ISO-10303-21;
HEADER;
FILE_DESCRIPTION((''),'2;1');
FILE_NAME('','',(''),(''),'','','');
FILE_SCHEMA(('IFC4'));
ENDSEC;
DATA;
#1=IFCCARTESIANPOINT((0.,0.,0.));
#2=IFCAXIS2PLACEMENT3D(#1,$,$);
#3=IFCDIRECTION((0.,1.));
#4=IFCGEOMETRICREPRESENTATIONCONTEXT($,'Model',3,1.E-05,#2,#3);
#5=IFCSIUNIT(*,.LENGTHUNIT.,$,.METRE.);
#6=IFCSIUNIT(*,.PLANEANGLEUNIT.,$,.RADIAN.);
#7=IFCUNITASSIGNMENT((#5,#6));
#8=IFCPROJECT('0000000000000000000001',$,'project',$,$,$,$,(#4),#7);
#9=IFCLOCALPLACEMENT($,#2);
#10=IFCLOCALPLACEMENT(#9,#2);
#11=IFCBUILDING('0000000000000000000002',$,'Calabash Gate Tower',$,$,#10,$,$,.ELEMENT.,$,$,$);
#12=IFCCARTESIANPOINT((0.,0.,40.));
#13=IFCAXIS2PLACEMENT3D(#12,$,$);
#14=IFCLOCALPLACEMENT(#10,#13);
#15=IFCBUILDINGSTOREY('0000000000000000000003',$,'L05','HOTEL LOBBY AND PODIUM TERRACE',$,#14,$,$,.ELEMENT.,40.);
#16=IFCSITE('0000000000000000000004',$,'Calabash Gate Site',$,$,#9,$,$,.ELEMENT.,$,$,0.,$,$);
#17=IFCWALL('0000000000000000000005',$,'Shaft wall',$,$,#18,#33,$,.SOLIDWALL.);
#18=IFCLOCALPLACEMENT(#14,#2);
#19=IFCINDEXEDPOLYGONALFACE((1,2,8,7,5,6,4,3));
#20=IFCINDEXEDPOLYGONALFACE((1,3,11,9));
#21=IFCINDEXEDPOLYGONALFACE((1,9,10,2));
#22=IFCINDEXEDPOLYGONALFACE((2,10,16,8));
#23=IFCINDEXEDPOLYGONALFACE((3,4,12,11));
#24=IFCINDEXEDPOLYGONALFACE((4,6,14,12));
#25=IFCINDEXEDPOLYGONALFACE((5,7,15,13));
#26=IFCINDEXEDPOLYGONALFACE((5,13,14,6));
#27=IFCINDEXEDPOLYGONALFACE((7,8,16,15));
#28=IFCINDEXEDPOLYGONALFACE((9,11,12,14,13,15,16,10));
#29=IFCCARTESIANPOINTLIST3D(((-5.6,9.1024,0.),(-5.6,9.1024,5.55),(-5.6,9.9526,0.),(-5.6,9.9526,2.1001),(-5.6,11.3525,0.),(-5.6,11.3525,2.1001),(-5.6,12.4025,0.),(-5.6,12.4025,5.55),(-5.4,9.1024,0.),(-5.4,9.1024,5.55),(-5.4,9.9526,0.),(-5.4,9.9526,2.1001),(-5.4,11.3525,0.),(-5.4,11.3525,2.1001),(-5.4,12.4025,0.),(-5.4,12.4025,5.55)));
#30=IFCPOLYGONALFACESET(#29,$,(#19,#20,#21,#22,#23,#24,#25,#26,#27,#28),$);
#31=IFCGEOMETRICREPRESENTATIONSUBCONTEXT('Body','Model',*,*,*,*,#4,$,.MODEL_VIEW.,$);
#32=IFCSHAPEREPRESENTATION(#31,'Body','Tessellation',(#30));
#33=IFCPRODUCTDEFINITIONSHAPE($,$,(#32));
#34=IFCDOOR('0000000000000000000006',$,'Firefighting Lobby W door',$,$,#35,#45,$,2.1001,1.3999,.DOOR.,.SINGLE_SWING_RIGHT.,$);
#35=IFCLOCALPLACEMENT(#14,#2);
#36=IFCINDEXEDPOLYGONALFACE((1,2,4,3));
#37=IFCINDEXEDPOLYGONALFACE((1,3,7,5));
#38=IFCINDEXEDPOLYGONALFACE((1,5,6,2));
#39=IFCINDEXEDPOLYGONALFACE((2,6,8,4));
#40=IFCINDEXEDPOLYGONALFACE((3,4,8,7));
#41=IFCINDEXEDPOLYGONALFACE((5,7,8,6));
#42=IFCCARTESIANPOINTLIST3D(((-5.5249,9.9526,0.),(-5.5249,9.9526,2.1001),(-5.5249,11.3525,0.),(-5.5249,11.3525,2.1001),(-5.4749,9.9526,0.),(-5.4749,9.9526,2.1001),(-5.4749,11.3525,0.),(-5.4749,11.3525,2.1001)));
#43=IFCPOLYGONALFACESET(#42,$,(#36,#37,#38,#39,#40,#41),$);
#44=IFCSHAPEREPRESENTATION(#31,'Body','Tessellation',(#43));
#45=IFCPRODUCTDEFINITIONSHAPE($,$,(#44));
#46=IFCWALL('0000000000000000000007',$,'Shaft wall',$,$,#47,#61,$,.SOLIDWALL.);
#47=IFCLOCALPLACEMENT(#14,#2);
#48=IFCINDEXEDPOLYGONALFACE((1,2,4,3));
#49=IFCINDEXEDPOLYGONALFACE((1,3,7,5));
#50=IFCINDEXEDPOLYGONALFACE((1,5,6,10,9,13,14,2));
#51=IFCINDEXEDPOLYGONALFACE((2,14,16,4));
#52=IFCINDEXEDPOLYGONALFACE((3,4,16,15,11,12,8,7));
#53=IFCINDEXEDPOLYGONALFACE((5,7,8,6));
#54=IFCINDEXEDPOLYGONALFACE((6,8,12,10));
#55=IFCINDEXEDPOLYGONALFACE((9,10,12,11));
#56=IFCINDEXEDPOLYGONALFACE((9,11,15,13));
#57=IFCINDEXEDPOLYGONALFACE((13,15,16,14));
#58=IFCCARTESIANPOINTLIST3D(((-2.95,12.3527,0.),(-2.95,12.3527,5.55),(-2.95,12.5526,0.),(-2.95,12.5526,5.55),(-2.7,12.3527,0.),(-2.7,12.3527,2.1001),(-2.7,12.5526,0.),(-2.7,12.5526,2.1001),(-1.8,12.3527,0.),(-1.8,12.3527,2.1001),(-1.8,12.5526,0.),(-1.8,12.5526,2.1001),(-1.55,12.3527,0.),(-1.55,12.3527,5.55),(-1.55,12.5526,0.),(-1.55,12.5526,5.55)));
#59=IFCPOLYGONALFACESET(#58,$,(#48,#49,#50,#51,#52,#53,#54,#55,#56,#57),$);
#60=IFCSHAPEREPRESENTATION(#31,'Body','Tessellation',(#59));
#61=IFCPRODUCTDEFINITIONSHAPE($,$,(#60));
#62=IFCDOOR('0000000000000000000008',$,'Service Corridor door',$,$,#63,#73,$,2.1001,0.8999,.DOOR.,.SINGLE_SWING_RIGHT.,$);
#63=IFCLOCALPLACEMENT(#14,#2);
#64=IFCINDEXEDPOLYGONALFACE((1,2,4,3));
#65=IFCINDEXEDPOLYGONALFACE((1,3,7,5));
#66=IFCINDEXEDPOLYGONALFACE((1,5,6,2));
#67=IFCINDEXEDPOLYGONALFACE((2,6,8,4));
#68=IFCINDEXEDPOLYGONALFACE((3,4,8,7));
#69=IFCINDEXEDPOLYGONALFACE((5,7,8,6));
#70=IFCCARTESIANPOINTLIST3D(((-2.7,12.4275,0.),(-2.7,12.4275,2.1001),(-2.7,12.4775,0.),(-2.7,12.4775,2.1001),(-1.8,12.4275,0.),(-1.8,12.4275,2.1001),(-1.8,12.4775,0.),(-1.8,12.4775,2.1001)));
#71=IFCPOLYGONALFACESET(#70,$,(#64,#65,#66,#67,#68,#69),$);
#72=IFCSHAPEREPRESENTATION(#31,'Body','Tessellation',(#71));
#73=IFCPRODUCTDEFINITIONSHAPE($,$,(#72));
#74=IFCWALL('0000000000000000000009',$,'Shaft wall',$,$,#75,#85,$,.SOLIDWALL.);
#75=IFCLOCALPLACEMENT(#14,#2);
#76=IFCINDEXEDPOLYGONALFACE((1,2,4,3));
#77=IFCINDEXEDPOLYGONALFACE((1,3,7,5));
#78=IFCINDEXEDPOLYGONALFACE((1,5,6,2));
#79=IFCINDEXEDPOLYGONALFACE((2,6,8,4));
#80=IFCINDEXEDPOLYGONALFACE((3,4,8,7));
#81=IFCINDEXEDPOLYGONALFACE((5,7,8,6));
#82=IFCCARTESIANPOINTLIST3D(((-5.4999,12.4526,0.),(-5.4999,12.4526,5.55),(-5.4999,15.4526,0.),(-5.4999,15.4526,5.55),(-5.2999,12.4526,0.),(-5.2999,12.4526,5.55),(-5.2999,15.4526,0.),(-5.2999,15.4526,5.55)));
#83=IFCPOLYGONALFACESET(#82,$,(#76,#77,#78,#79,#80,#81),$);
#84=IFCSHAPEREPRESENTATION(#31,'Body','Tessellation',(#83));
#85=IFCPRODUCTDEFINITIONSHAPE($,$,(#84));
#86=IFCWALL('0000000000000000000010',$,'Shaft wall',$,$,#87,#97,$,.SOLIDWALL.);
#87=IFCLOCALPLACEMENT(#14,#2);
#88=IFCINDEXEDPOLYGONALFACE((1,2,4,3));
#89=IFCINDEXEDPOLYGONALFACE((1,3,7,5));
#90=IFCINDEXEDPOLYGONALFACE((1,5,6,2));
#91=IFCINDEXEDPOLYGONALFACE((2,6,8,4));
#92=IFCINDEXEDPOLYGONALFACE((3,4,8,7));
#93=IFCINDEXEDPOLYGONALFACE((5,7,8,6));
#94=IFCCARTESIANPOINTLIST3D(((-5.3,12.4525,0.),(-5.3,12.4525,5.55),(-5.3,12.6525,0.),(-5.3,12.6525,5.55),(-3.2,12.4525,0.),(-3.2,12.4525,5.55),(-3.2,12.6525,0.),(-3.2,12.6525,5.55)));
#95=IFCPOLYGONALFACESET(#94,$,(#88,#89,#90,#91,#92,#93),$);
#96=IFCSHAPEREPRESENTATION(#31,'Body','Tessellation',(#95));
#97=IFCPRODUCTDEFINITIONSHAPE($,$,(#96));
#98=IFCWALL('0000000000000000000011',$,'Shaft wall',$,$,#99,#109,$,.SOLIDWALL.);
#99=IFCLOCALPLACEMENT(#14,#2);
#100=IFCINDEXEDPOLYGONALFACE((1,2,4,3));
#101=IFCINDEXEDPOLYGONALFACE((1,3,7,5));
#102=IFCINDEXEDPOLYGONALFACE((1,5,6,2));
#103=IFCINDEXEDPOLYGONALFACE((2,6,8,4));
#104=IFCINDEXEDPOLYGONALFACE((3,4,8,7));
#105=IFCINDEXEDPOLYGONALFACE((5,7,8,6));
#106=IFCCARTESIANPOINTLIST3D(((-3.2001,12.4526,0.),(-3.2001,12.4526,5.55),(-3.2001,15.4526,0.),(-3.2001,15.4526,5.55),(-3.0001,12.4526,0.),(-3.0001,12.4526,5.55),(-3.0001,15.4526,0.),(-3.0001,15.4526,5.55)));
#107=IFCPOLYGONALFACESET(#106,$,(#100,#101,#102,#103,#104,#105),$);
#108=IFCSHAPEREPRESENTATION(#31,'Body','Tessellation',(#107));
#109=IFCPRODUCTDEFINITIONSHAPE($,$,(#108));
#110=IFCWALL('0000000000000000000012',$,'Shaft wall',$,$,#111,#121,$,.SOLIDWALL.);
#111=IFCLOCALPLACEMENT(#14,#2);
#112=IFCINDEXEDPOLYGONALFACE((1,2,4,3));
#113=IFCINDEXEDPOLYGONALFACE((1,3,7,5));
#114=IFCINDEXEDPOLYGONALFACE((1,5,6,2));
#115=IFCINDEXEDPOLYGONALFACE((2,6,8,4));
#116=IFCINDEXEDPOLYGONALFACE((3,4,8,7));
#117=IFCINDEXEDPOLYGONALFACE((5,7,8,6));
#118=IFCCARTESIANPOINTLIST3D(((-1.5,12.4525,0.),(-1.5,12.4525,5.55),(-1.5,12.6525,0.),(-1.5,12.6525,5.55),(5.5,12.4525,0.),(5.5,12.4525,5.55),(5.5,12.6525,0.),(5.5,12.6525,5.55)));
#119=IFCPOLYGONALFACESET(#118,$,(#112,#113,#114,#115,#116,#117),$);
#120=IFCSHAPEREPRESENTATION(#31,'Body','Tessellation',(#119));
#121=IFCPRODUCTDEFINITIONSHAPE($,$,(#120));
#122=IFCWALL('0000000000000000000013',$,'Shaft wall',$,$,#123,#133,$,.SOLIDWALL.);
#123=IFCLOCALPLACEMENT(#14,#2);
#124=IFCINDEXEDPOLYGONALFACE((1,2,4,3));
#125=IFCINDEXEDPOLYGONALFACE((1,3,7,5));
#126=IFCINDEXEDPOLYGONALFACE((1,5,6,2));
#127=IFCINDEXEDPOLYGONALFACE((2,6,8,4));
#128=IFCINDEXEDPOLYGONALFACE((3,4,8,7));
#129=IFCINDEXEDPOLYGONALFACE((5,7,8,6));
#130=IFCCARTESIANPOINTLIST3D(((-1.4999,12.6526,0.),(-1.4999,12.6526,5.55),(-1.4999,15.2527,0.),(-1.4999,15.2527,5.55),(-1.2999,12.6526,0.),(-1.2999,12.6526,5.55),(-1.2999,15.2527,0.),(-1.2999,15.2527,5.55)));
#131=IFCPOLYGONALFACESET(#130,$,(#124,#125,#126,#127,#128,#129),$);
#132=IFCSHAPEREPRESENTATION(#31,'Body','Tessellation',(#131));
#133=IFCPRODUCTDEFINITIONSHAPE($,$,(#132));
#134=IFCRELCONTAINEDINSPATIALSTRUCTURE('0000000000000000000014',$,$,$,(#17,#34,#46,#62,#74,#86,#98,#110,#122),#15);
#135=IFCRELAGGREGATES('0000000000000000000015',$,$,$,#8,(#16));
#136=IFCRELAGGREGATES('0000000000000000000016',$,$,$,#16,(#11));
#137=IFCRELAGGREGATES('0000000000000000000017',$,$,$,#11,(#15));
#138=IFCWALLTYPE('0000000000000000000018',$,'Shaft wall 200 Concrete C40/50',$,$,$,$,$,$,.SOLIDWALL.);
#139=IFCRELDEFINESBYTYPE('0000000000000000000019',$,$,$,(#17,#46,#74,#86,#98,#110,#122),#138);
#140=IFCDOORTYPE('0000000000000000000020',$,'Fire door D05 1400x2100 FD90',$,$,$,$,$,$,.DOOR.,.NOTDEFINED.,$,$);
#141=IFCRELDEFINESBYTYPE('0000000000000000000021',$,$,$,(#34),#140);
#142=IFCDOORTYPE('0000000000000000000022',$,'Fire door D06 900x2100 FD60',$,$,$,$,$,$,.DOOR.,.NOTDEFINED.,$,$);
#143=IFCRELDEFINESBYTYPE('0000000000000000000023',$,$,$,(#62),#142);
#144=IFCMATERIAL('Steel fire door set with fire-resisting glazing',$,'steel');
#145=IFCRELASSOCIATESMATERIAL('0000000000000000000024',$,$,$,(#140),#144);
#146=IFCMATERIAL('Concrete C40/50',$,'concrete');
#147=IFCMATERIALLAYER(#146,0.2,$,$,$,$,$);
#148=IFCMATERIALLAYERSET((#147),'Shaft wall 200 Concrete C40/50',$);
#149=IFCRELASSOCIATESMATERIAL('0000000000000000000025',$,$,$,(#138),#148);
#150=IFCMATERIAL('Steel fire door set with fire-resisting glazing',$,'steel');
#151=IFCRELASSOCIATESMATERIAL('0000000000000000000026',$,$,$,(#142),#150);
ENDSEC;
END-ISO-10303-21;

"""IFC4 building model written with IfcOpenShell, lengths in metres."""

from ifc_helpers import new_model, si_unit, direction, frame, frame_2d, origin, place, context, subcontext, project, spatial, rectangle, extrude, material, layer, layer_set, type_object, element, fill, save


model = new_model("IFC4")

# Units and contexts
model_context = context("Model", 3, precision=1e-05, world=origin(), true_north=direction((0.0, 1.0)))
body_context = subcontext(model_context, "Body", "Model", "MODEL_VIEW")
ifc_project = project(units=[si_unit("LENGTHUNIT", "METRE"), si_unit("PLANEANGLEUNIT", "RADIAN")], contexts=[model_context])

# Site, building, storey
site_placement = place(None, origin())
site = spatial("IfcSite", under=ifc_project, at=site_placement, Name="Calabash Gate Site", CompositionType="ELEMENT", RefElevation=0.0)
building_placement = place(site_placement, origin())
building = spatial("IfcBuilding", under=site, at=building_placement, Name="Calabash Gate Tower", CompositionType="ELEMENT")
storey_placement = place(building_placement, frame((0.0, 0.0, 40.0)))
storey = spatial("IfcBuildingStorey", under=building, at=storey_placement, Name="L05", Description="HOTEL LOBBY AND PODIUM TERRACE", CompositionType="ELEMENT", Elevation=40.0)

# Shared definitions
ifc_material_1 = material(Name="Steel fire door set with fire-resisting glazing", Category="steel")
door_type_1 = type_object("IfcDoorType", Name="Fire door D05 1400x2100 FD90", OperationType="NOTDEFINED", PredefinedType="DOOR", material=ifc_material_1)

# Shared definitions
ifc_material_2 = material(Name="Concrete C40/50", Category="concrete")
ifc_layer_1 = layer(ifc_material_2, 0.2)
ifc_layer_set_1 = layer_set([ifc_layer_1], Name="Shaft wall 200 Concrete C40/50")
wall_type_1 = type_object("IfcWallType", Name="Shaft wall 200 Concrete C40/50", PredefinedType="SOLIDWALL", material=ifc_layer_set_1)

# Walls, openings, doors
wall_1_placement = place(storey_placement, frame((-5.5, 9.1025, 0.0), z_axis=(0.0, 0.0, 1.0), x_axis=(0.0, 1.0, 0.0)))
wall_1 = element("IfcWall", 1, at=wall_1_placement, inside=storey, type_object=wall_type_1, Name="Shaft wall", PredefinedType="SOLIDWALL", context=body_context, shape_type="SweptSolid", body=[
    extrude(rectangle(XDim=3.3, YDim=0.2, at=frame_2d((1.6499, 0.0))), origin(), (0.0, 0.0, 1.0), 5.55),
])
opening_1_placement = place(wall_1_placement, frame((0.8501, 0.0, 0.0)))
opening_1 = element("IfcOpeningElement", 2, at=opening_1_placement, cuts=wall_1, PredefinedType="OPENING", context=body_context, shape_type="SweptSolid", body=[
    extrude(rectangle(XDim=1.3999, YDim=2.1001, at=frame_2d((0.7, 1.05))), frame((0.0, 0.1099, 0.0), z_axis=(0.0, -1.0, 0.0), x_axis=(1.0, 0.0, 0.0)), (0.0, 0.0, 1.0), 0.22),
])
door_1_placement = place(opening_1_placement, origin())
door_1 = element("IfcDoor", 3, at=door_1_placement, inside=storey, type_object=door_type_1, Name="Firefighting Lobby W door", OperationType="SINGLE_SWING_RIGHT", OverallHeight=2.1001, OverallWidth=1.3999, PredefinedType="DOOR", context=body_context, shape_type="SweptSolid", body=[
    extrude(rectangle(XDim=1.3999, YDim=2.1001, at=frame_2d((0.7, 1.05))), frame((0.0, 0.0249, 0.0), z_axis=(0.0, -1.0, 0.0), x_axis=(1.0, 0.0, 0.0)), (0.0, 0.0, 1.0), 0.05),
])
fill(opening_1, door_1)
wall_2_placement = place(storey_placement, frame((-2.95, 12.4526, 0.0), z_axis=(0.0, 0.0, 1.0), x_axis=(1.0, 0.0, 0.0)))
wall_2 = element("IfcWall", 4, at=wall_2_placement, inside=storey, type_object=wall_type_1, Name="Shaft wall", PredefinedType="SOLIDWALL", context=body_context, shape_type="SweptSolid", body=[
    extrude(rectangle(XDim=1.3999, YDim=0.2, at=frame_2d((0.7, 0.0))), origin(), (0.0, 0.0, 1.0), 5.55),
])
opening_2_placement = place(wall_2_placement, frame((0.25, 0.0, 0.0)))
opening_2 = element("IfcOpeningElement", 5, at=opening_2_placement, cuts=wall_2, PredefinedType="OPENING", context=body_context, shape_type="SweptSolid", body=[
    extrude(rectangle(XDim=0.8999, YDim=2.1001, at=frame_2d((0.45, 1.05))), frame((0.0, 0.1099, 0.0), z_axis=(0.0, -1.0, 0.0), x_axis=(1.0, 0.0, 0.0)), (0.0, 0.0, 1.0), 0.22),
])
ifc_material_3 = material(Name="Steel fire door set with fire-resisting glazing", Category="steel")
door_type_2 = type_object("IfcDoorType", Name="Fire door D06 900x2100 FD60", OperationType="NOTDEFINED", PredefinedType="DOOR", material=ifc_material_3)
door_2_placement = place(opening_2_placement, origin())
door_2 = element("IfcDoor", 6, at=door_2_placement, inside=storey, type_object=door_type_2, Name="Service Corridor door", OperationType="SINGLE_SWING_RIGHT", OverallHeight=2.1001, OverallWidth=0.8999, PredefinedType="DOOR", context=body_context, shape_type="SweptSolid", body=[
    extrude(rectangle(XDim=0.8999, YDim=2.1001, at=frame_2d((0.45, 1.05))), frame((0.0, 0.0249, 0.0), z_axis=(0.0, -1.0, 0.0), x_axis=(1.0, 0.0, 0.0)), (0.0, 0.0, 1.0), 0.05),
])
fill(opening_2, door_2)

# Walls
wall_3_placement = place(storey_placement, frame((-5.3999, 12.4526, 0.0), z_axis=(0.0, 0.0, 1.0), x_axis=(0.0, 1.0, 0.0)))
element("IfcWall", 7, at=wall_3_placement, inside=storey, type_object=wall_type_1, Name="Shaft wall", PredefinedType="SOLIDWALL", context=body_context, shape_type="SweptSolid", body=[
    extrude(rectangle(XDim=3.0, YDim=0.2, at=frame_2d((1.5, 0.0))), origin(), (0.0, 0.0, 1.0), 5.55),
])
wall_4_placement = place(storey_placement, frame((-5.3, 12.5525, 0.0), z_axis=(0.0, 0.0, 1.0), x_axis=(1.0, 0.0, 0.0)))
element("IfcWall", 8, at=wall_4_placement, inside=storey, type_object=wall_type_1, Name="Shaft wall", PredefinedType="SOLIDWALL", context=body_context, shape_type="SweptSolid", body=[
    extrude(rectangle(XDim=2.1001, YDim=0.2, at=frame_2d((1.05, 0.0))), origin(), (0.0, 0.0, 1.0), 5.55),
])
wall_5_placement = place(storey_placement, frame((-3.1001, 12.4526, 0.0), z_axis=(0.0, 0.0, 1.0), x_axis=(0.0, 1.0, 0.0)))
element("IfcWall", 9, at=wall_5_placement, inside=storey, type_object=wall_type_1, Name="Shaft wall", PredefinedType="SOLIDWALL", context=body_context, shape_type="SweptSolid", body=[
    extrude(rectangle(XDim=3.0, YDim=0.2, at=frame_2d((1.5, 0.0))), origin(), (0.0, 0.0, 1.0), 5.55),
])
wall_6_placement = place(storey_placement, frame((-1.5, 12.5525, 0.0), z_axis=(0.0, 0.0, 1.0), x_axis=(1.0, 0.0, 0.0)))
element("IfcWall", 10, at=wall_6_placement, inside=storey, type_object=wall_type_1, Name="Shaft wall", PredefinedType="SOLIDWALL", context=body_context, shape_type="SweptSolid", body=[
    extrude(rectangle(XDim=7.0, YDim=0.2, at=frame_2d((3.5, 0.0))), origin(), (0.0, 0.0, 1.0), 5.55),
])
wall_7_placement = place(storey_placement, frame((-1.3999, 12.6526, 0.0), z_axis=(0.0, 0.0, 1.0), x_axis=(0.0, 1.0, 0.0)))
element("IfcWall", 11, at=wall_7_placement, inside=storey, type_object=wall_type_1, Name="Shaft wall", PredefinedType="SOLIDWALL", context=body_context, shape_type="SweptSolid", body=[
    extrude(rectangle(XDim=2.6001, YDim=0.2, at=frame_2d((1.3, 0.0))), origin(), (0.0, 0.0, 1.0), 5.55),
])

save(model, "model.ifc")
